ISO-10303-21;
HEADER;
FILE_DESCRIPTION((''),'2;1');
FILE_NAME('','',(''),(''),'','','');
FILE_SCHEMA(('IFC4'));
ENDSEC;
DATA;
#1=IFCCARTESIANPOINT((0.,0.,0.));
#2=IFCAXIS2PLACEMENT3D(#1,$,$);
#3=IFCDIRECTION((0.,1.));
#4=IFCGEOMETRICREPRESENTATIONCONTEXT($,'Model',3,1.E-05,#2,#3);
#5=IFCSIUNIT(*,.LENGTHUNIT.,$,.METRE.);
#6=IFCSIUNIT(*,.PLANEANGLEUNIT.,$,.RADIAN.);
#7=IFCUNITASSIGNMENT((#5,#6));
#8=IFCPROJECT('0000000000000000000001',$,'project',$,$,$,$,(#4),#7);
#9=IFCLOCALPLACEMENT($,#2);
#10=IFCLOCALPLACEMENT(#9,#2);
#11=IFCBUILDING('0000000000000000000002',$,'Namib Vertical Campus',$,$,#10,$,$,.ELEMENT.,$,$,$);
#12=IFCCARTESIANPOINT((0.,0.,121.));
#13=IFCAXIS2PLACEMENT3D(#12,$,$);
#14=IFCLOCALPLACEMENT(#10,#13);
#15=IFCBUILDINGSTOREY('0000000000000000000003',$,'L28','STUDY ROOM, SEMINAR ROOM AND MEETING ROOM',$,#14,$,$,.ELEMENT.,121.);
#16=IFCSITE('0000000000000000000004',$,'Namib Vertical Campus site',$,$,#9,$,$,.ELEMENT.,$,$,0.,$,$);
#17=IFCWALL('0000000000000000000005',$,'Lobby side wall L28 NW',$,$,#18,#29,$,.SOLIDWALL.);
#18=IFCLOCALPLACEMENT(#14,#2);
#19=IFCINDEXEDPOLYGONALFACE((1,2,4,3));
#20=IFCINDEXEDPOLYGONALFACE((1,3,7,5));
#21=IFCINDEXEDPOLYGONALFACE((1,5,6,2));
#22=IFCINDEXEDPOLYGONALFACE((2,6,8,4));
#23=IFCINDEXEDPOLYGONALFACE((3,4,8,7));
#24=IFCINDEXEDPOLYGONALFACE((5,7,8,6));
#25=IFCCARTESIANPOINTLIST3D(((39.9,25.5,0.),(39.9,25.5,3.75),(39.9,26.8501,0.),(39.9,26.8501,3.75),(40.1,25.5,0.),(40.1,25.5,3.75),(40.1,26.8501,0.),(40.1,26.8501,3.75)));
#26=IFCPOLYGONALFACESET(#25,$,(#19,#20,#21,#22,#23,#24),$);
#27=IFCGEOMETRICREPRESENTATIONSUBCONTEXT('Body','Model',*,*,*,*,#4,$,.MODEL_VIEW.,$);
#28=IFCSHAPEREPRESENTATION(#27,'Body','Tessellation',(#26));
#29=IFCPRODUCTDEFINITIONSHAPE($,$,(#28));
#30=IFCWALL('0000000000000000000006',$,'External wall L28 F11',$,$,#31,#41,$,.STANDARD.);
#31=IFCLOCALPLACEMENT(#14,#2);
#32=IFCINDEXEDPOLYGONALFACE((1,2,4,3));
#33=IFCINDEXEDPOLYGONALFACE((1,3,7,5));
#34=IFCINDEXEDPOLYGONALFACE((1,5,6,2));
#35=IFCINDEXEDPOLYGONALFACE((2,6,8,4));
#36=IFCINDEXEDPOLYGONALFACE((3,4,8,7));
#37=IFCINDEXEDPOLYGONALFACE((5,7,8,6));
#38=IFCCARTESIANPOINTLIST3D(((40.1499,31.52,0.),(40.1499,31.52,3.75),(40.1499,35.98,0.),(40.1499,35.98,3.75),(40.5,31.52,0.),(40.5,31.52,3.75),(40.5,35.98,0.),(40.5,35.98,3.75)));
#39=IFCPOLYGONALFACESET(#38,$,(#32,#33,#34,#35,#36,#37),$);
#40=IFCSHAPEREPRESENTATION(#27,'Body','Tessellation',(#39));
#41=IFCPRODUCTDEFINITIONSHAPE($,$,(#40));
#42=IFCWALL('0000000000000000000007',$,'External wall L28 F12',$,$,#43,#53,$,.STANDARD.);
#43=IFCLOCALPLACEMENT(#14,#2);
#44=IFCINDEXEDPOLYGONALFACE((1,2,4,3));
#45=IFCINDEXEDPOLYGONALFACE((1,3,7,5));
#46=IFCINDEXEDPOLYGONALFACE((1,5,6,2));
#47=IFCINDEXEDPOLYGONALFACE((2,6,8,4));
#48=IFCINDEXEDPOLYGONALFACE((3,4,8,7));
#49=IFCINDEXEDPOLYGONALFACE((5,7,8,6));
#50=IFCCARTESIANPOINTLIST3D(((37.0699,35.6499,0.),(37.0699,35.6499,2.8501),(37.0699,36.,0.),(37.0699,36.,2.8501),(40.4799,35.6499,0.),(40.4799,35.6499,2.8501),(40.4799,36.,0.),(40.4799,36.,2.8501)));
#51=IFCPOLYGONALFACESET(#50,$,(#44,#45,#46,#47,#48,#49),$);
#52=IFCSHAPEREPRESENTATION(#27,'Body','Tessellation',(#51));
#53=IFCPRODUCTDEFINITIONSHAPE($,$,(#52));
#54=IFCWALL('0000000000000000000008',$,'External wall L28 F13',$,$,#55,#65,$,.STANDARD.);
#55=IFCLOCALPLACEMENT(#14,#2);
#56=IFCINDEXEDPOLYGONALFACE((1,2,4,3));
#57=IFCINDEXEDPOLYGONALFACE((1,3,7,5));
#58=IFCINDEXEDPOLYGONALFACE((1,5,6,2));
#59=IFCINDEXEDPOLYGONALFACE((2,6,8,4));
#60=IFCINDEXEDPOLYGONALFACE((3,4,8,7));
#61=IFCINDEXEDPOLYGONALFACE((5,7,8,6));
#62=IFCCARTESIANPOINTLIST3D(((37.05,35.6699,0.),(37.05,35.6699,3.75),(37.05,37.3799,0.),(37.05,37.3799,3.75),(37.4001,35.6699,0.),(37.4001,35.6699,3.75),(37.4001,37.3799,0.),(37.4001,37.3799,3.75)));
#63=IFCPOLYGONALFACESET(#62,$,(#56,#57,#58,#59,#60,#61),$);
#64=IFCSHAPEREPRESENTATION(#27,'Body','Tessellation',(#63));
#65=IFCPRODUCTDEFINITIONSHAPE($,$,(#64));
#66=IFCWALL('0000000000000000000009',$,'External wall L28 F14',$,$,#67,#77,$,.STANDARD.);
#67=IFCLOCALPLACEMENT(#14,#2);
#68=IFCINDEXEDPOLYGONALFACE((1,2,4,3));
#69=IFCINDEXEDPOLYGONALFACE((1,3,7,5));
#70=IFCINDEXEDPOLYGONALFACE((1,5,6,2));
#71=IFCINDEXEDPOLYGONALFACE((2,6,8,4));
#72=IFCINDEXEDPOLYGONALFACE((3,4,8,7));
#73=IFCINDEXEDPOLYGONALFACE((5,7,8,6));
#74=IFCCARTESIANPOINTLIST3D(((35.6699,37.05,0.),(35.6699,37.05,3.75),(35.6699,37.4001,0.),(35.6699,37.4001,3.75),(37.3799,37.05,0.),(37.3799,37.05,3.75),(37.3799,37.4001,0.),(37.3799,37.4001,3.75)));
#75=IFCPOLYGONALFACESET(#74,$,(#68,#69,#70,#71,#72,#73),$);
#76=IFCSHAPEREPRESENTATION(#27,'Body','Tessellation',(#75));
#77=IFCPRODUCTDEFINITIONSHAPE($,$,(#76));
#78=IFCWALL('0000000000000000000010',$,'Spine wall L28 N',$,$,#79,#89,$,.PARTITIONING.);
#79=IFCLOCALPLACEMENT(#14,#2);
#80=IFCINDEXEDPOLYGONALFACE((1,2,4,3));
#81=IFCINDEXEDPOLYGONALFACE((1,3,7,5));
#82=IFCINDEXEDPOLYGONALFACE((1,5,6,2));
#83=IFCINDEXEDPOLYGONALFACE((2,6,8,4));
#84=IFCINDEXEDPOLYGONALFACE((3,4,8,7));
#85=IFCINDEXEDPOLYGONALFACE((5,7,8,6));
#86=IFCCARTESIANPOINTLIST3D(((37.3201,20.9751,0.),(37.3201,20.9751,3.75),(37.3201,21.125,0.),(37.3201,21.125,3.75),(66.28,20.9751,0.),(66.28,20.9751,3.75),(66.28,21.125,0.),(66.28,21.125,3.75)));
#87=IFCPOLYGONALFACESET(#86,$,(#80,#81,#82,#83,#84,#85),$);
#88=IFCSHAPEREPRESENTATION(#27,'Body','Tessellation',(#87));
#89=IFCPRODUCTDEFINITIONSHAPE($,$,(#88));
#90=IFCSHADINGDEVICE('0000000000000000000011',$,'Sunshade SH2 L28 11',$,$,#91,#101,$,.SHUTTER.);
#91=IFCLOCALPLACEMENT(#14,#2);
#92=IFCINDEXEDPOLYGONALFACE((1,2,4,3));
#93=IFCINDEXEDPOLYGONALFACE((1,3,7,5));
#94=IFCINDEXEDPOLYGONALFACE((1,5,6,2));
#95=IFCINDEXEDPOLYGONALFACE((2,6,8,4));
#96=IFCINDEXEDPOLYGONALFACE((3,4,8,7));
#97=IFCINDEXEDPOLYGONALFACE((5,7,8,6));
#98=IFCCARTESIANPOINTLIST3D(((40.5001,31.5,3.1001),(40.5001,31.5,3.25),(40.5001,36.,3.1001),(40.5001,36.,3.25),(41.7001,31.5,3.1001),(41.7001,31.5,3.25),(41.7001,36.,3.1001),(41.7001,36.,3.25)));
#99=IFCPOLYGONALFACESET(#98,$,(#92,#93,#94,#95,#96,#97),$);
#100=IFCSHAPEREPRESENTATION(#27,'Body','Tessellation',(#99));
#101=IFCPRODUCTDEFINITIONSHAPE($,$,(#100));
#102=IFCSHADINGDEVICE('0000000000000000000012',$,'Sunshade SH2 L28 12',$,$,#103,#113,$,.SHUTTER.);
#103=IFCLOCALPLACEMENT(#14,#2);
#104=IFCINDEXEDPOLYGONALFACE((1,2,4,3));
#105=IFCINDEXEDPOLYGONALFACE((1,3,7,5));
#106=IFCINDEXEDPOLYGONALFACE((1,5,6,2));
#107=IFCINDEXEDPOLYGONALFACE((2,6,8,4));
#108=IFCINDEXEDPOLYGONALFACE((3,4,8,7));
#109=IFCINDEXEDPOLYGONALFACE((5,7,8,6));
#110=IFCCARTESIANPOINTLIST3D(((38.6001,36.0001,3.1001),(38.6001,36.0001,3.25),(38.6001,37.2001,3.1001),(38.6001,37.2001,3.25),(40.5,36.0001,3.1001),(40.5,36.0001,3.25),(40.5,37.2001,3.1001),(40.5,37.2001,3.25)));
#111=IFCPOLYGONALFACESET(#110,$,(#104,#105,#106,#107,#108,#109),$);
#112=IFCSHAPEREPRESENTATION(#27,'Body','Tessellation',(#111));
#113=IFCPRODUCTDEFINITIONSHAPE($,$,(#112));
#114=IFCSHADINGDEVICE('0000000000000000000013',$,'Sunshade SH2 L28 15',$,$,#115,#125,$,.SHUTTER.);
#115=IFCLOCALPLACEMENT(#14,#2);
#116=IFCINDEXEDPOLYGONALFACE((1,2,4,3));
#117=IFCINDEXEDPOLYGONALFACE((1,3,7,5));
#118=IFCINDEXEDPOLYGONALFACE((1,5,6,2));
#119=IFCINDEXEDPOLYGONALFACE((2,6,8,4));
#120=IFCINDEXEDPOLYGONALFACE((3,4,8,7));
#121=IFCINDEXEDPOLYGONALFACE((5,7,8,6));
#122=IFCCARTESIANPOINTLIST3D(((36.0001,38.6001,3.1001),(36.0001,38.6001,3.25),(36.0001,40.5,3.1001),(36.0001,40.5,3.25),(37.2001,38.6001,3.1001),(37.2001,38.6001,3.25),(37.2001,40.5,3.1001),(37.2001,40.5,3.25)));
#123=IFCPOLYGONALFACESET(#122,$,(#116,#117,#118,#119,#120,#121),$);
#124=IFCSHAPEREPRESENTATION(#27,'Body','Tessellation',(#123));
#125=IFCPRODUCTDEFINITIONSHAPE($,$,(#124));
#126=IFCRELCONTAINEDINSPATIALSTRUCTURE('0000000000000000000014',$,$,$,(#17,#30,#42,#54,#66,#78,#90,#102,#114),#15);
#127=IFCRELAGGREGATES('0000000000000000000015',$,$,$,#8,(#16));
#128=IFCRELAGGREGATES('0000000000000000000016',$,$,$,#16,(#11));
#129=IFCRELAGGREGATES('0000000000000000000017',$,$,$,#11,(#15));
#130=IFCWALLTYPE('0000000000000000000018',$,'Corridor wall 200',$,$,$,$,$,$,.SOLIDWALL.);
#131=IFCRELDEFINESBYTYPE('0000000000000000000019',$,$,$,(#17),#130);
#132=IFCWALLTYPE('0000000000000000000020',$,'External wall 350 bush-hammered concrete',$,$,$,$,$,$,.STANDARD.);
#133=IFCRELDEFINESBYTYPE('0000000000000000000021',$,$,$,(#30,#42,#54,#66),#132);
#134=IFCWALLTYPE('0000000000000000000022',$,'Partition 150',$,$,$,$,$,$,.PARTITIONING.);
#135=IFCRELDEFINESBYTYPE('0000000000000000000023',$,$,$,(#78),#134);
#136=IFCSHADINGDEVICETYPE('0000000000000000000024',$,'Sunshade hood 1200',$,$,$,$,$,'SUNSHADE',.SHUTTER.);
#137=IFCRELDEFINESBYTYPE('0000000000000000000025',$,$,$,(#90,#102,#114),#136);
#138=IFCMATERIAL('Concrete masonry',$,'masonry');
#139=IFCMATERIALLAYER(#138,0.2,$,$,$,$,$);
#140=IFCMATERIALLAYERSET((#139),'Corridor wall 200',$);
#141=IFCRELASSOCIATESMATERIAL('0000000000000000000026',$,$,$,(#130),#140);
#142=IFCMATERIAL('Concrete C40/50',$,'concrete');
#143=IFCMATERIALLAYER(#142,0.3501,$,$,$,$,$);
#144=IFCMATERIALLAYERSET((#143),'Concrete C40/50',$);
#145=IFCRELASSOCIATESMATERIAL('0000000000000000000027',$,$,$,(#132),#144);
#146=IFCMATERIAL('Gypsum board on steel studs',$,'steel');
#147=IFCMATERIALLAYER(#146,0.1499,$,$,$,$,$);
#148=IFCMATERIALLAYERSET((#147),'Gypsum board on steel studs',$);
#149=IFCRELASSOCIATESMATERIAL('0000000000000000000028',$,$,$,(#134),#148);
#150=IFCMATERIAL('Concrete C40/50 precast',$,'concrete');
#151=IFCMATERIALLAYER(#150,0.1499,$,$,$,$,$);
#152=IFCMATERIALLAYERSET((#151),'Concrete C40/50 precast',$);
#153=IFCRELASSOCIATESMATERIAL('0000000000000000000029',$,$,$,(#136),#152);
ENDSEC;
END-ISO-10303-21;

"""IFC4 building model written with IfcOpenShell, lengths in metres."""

from ifc_helpers import new_model, si_unit, direction, frame, frame_2d, origin, origin_2d, place, context, subcontext, project, spatial, rectangle, extrude, material, layer, layer_set, type_object, element, save


model = new_model("IFC4")

# Units and contexts
model_context = context("Model", 3, precision=1e-05, world=origin(), true_north=direction((0.0, 1.0)))
body_context = subcontext(model_context, "Body", "Model", "MODEL_VIEW")
ifc_project = project(units=[si_unit("LENGTHUNIT", "METRE"), si_unit("PLANEANGLEUNIT", "RADIAN")], contexts=[model_context])

# Site, building, storey
site_placement = place(None, origin())
site = spatial("IfcSite", under=ifc_project, at=site_placement, Name="Namib Vertical Campus site", CompositionType="ELEMENT", RefElevation=0.0)
building_placement = place(site_placement, origin())
building = spatial("IfcBuilding", under=site, at=building_placement, Name="Namib Vertical Campus", CompositionType="ELEMENT")
storey_placement = place(building_placement, frame((0.0, 0.0, 121.0)))
storey = spatial("IfcBuildingStorey", under=building, at=storey_placement, Name="L28", Description="STUDY ROOM, SEMINAR ROOM AND MEETING ROOM", CompositionType="ELEMENT", Elevation=121.0)

# Shared definitions
ifc_material_1 = material(Name="Concrete masonry", Category="masonry")
ifc_layer_1 = layer(ifc_material_1, 0.2)
ifc_layer_set_1 = layer_set([ifc_layer_1], Name="Corridor wall 200")
wall_type_1 = type_object("IfcWallType", Name="Corridor wall 200", PredefinedType="SOLIDWALL", material=ifc_layer_set_1)

# Walls
wall_1_placement = place(storey_placement, frame((40.0, 26.8501, 0.0), z_axis=(0.0, 0.0, 1.0), x_axis=(0.0, -1.0, 0.0)))
element("IfcWall", 1, at=wall_1_placement, inside=storey, type_object=wall_type_1, Name="Lobby side wall L28 NW", PredefinedType="SOLIDWALL", context=body_context, shape_type="SweptSolid", body=[
    extrude(rectangle(XDim=1.3501, YDim=0.2, at=frame_2d((0.675, 0.0))), origin(), (0.0, 0.0, 1.0), 3.75),
])
ifc_material_2 = material(Name="Concrete C40/50", Category="concrete")
ifc_layer_2 = layer(ifc_material_2, 0.3501)
ifc_layer_set_2 = layer_set([ifc_layer_2], Name="Concrete C40/50")
wall_type_2 = type_object("IfcWallType", Name="External wall 350 bush-hammered concrete", PredefinedType="STANDARD", material=ifc_layer_set_2)
wall_2_placement = place(storey_placement, frame((40.325, 31.52, 0.0), z_axis=(0.0, 0.0, 1.0), x_axis=(0.0, 1.0, 0.0)))
element("IfcWall", 2, at=wall_2_placement, inside=storey, type_object=wall_type_2, Name="External wall L28 F11", PredefinedType="STANDARD", context=body_context, shape_type="SweptSolid", body=[
    extrude(rectangle(XDim=4.46, YDim=0.3501, at=frame_2d((2.23, 0.0))), origin(), (0.0, 0.0, 1.0), 3.75),
])
wall_3_placement = place(storey_placement, frame((40.48, 35.825, 0.0), z_axis=(0.0, 0.0, 1.0), x_axis=(-1.0, 0.0, 0.0)))
element("IfcWall", 3, at=wall_3_placement, inside=storey, type_object=wall_type_2, Name="External wall L28 F12", PredefinedType="STANDARD", context=body_context, shape_type="SweptSolid", body=[
    extrude(rectangle(XDim=3.4099, YDim=0.3501, at=frame_2d((1.7051, 0.0))), origin(), (0.0, 0.0, 1.0), 2.8501),
])
for number, where, z_axis, x_axis, name in (
    (4, (37.2251, 35.6699, 0.0), (0.0, 0.0, 1.0), (0.0, 1.0, 0.0), "External wall L28 F13"),
    (5, (37.3799, 37.2251, 0.0), (0.0, 0.0, 1.0), (-1.0, 0.0, 0.0), "External wall L28 F14"),
):
    element("IfcWall", number, at=place(storey_placement, frame(where, z_axis=z_axis, x_axis=x_axis)), inside=storey, type_object=wall_type_2, Name=name, PredefinedType="STANDARD", context=body_context, shape_type="SweptSolid", body=[
        extrude(rectangle(XDim=1.71, YDim=0.3501, at=frame_2d((0.855, 0.0))), origin(), (0.0, 0.0, 1.0), 3.75),
    ])
ifc_material_3 = material(Name="Gypsum board on steel studs", Category="steel")
ifc_layer_3 = layer(ifc_material_3, 0.1499)
ifc_layer_set_3 = layer_set([ifc_layer_3], Name="Gypsum board on steel studs")
wall_type_3 = type_object("IfcWallType", Name="Partition 150", PredefinedType="PARTITIONING", material=ifc_layer_set_3)
wall_4_placement = place(storey_placement, frame((37.3201, 21.05, 0.0), z_axis=(0.0, 0.0, 1.0), x_axis=(1.0, 0.0, 0.0)))
element("IfcWall", 6, at=wall_4_placement, inside=storey, type_object=wall_type_3, Name="Spine wall L28 N", PredefinedType="PARTITIONING", context=body_context, shape_type="SweptSolid", body=[
    extrude(rectangle(XDim=28.96, YDim=0.1499, at=frame_2d((14.48, 0.0))), origin(), (0.0, 0.0, 1.0), 3.75),
])

# Shading devices
ifc_material_4 = material(Name="Concrete C40/50 precast", Category="concrete")
ifc_layer_4 = layer(ifc_material_4, 0.1499)
ifc_layer_set_4 = layer_set([ifc_layer_4], Name="Concrete C40/50 precast")
shading_device_type = type_object("IfcShadingDeviceType", Name="Sunshade hood 1200", ElementType="SUNSHADE", PredefinedType="SHUTTER", material=ifc_layer_set_4)
shading_device_placement = place(storey_placement, frame((41.1001, 33.75, 3.1001), z_axis=(0.0, 0.0, 1.0), x_axis=(0.0, 1.0, 0.0)))
element("IfcShadingDevice", 7, at=shading_device_placement, inside=storey, type_object=shading_device_type, Name="Sunshade SH2 L28 11", PredefinedType="SHUTTER", context=body_context, shape_type="SweptSolid", body=[
    extrude(rectangle(XDim=4.5, YDim=1.2, at=origin_2d()), origin(), (0.0, 0.0, 1.0), 0.1499),
])
for number, where, z_axis, x_axis, name in (
    (8, (39.55, 36.6001, 3.1001), (0.0, 0.0, 1.0), (-1.0, 0.0, 0.0), "Sunshade SH2 L28 12"),
    (9, (36.6001, 39.55, 3.1001), (0.0, 0.0, 1.0), (0.0, 1.0, 0.0), "Sunshade SH2 L28 15"),
):
    element("IfcShadingDevice", number, at=place(storey_placement, frame(where, z_axis=z_axis, x_axis=x_axis)), inside=storey, type_object=shading_device_type, Name=name, PredefinedType="SHUTTER", context=body_context, shape_type="SweptSolid", body=[
        extrude(rectangle(XDim=1.8999, YDim=1.2, at=origin_2d()), origin(), (0.0, 0.0, 1.0), 0.1499),
    ])

save(model, "model.ifc")
